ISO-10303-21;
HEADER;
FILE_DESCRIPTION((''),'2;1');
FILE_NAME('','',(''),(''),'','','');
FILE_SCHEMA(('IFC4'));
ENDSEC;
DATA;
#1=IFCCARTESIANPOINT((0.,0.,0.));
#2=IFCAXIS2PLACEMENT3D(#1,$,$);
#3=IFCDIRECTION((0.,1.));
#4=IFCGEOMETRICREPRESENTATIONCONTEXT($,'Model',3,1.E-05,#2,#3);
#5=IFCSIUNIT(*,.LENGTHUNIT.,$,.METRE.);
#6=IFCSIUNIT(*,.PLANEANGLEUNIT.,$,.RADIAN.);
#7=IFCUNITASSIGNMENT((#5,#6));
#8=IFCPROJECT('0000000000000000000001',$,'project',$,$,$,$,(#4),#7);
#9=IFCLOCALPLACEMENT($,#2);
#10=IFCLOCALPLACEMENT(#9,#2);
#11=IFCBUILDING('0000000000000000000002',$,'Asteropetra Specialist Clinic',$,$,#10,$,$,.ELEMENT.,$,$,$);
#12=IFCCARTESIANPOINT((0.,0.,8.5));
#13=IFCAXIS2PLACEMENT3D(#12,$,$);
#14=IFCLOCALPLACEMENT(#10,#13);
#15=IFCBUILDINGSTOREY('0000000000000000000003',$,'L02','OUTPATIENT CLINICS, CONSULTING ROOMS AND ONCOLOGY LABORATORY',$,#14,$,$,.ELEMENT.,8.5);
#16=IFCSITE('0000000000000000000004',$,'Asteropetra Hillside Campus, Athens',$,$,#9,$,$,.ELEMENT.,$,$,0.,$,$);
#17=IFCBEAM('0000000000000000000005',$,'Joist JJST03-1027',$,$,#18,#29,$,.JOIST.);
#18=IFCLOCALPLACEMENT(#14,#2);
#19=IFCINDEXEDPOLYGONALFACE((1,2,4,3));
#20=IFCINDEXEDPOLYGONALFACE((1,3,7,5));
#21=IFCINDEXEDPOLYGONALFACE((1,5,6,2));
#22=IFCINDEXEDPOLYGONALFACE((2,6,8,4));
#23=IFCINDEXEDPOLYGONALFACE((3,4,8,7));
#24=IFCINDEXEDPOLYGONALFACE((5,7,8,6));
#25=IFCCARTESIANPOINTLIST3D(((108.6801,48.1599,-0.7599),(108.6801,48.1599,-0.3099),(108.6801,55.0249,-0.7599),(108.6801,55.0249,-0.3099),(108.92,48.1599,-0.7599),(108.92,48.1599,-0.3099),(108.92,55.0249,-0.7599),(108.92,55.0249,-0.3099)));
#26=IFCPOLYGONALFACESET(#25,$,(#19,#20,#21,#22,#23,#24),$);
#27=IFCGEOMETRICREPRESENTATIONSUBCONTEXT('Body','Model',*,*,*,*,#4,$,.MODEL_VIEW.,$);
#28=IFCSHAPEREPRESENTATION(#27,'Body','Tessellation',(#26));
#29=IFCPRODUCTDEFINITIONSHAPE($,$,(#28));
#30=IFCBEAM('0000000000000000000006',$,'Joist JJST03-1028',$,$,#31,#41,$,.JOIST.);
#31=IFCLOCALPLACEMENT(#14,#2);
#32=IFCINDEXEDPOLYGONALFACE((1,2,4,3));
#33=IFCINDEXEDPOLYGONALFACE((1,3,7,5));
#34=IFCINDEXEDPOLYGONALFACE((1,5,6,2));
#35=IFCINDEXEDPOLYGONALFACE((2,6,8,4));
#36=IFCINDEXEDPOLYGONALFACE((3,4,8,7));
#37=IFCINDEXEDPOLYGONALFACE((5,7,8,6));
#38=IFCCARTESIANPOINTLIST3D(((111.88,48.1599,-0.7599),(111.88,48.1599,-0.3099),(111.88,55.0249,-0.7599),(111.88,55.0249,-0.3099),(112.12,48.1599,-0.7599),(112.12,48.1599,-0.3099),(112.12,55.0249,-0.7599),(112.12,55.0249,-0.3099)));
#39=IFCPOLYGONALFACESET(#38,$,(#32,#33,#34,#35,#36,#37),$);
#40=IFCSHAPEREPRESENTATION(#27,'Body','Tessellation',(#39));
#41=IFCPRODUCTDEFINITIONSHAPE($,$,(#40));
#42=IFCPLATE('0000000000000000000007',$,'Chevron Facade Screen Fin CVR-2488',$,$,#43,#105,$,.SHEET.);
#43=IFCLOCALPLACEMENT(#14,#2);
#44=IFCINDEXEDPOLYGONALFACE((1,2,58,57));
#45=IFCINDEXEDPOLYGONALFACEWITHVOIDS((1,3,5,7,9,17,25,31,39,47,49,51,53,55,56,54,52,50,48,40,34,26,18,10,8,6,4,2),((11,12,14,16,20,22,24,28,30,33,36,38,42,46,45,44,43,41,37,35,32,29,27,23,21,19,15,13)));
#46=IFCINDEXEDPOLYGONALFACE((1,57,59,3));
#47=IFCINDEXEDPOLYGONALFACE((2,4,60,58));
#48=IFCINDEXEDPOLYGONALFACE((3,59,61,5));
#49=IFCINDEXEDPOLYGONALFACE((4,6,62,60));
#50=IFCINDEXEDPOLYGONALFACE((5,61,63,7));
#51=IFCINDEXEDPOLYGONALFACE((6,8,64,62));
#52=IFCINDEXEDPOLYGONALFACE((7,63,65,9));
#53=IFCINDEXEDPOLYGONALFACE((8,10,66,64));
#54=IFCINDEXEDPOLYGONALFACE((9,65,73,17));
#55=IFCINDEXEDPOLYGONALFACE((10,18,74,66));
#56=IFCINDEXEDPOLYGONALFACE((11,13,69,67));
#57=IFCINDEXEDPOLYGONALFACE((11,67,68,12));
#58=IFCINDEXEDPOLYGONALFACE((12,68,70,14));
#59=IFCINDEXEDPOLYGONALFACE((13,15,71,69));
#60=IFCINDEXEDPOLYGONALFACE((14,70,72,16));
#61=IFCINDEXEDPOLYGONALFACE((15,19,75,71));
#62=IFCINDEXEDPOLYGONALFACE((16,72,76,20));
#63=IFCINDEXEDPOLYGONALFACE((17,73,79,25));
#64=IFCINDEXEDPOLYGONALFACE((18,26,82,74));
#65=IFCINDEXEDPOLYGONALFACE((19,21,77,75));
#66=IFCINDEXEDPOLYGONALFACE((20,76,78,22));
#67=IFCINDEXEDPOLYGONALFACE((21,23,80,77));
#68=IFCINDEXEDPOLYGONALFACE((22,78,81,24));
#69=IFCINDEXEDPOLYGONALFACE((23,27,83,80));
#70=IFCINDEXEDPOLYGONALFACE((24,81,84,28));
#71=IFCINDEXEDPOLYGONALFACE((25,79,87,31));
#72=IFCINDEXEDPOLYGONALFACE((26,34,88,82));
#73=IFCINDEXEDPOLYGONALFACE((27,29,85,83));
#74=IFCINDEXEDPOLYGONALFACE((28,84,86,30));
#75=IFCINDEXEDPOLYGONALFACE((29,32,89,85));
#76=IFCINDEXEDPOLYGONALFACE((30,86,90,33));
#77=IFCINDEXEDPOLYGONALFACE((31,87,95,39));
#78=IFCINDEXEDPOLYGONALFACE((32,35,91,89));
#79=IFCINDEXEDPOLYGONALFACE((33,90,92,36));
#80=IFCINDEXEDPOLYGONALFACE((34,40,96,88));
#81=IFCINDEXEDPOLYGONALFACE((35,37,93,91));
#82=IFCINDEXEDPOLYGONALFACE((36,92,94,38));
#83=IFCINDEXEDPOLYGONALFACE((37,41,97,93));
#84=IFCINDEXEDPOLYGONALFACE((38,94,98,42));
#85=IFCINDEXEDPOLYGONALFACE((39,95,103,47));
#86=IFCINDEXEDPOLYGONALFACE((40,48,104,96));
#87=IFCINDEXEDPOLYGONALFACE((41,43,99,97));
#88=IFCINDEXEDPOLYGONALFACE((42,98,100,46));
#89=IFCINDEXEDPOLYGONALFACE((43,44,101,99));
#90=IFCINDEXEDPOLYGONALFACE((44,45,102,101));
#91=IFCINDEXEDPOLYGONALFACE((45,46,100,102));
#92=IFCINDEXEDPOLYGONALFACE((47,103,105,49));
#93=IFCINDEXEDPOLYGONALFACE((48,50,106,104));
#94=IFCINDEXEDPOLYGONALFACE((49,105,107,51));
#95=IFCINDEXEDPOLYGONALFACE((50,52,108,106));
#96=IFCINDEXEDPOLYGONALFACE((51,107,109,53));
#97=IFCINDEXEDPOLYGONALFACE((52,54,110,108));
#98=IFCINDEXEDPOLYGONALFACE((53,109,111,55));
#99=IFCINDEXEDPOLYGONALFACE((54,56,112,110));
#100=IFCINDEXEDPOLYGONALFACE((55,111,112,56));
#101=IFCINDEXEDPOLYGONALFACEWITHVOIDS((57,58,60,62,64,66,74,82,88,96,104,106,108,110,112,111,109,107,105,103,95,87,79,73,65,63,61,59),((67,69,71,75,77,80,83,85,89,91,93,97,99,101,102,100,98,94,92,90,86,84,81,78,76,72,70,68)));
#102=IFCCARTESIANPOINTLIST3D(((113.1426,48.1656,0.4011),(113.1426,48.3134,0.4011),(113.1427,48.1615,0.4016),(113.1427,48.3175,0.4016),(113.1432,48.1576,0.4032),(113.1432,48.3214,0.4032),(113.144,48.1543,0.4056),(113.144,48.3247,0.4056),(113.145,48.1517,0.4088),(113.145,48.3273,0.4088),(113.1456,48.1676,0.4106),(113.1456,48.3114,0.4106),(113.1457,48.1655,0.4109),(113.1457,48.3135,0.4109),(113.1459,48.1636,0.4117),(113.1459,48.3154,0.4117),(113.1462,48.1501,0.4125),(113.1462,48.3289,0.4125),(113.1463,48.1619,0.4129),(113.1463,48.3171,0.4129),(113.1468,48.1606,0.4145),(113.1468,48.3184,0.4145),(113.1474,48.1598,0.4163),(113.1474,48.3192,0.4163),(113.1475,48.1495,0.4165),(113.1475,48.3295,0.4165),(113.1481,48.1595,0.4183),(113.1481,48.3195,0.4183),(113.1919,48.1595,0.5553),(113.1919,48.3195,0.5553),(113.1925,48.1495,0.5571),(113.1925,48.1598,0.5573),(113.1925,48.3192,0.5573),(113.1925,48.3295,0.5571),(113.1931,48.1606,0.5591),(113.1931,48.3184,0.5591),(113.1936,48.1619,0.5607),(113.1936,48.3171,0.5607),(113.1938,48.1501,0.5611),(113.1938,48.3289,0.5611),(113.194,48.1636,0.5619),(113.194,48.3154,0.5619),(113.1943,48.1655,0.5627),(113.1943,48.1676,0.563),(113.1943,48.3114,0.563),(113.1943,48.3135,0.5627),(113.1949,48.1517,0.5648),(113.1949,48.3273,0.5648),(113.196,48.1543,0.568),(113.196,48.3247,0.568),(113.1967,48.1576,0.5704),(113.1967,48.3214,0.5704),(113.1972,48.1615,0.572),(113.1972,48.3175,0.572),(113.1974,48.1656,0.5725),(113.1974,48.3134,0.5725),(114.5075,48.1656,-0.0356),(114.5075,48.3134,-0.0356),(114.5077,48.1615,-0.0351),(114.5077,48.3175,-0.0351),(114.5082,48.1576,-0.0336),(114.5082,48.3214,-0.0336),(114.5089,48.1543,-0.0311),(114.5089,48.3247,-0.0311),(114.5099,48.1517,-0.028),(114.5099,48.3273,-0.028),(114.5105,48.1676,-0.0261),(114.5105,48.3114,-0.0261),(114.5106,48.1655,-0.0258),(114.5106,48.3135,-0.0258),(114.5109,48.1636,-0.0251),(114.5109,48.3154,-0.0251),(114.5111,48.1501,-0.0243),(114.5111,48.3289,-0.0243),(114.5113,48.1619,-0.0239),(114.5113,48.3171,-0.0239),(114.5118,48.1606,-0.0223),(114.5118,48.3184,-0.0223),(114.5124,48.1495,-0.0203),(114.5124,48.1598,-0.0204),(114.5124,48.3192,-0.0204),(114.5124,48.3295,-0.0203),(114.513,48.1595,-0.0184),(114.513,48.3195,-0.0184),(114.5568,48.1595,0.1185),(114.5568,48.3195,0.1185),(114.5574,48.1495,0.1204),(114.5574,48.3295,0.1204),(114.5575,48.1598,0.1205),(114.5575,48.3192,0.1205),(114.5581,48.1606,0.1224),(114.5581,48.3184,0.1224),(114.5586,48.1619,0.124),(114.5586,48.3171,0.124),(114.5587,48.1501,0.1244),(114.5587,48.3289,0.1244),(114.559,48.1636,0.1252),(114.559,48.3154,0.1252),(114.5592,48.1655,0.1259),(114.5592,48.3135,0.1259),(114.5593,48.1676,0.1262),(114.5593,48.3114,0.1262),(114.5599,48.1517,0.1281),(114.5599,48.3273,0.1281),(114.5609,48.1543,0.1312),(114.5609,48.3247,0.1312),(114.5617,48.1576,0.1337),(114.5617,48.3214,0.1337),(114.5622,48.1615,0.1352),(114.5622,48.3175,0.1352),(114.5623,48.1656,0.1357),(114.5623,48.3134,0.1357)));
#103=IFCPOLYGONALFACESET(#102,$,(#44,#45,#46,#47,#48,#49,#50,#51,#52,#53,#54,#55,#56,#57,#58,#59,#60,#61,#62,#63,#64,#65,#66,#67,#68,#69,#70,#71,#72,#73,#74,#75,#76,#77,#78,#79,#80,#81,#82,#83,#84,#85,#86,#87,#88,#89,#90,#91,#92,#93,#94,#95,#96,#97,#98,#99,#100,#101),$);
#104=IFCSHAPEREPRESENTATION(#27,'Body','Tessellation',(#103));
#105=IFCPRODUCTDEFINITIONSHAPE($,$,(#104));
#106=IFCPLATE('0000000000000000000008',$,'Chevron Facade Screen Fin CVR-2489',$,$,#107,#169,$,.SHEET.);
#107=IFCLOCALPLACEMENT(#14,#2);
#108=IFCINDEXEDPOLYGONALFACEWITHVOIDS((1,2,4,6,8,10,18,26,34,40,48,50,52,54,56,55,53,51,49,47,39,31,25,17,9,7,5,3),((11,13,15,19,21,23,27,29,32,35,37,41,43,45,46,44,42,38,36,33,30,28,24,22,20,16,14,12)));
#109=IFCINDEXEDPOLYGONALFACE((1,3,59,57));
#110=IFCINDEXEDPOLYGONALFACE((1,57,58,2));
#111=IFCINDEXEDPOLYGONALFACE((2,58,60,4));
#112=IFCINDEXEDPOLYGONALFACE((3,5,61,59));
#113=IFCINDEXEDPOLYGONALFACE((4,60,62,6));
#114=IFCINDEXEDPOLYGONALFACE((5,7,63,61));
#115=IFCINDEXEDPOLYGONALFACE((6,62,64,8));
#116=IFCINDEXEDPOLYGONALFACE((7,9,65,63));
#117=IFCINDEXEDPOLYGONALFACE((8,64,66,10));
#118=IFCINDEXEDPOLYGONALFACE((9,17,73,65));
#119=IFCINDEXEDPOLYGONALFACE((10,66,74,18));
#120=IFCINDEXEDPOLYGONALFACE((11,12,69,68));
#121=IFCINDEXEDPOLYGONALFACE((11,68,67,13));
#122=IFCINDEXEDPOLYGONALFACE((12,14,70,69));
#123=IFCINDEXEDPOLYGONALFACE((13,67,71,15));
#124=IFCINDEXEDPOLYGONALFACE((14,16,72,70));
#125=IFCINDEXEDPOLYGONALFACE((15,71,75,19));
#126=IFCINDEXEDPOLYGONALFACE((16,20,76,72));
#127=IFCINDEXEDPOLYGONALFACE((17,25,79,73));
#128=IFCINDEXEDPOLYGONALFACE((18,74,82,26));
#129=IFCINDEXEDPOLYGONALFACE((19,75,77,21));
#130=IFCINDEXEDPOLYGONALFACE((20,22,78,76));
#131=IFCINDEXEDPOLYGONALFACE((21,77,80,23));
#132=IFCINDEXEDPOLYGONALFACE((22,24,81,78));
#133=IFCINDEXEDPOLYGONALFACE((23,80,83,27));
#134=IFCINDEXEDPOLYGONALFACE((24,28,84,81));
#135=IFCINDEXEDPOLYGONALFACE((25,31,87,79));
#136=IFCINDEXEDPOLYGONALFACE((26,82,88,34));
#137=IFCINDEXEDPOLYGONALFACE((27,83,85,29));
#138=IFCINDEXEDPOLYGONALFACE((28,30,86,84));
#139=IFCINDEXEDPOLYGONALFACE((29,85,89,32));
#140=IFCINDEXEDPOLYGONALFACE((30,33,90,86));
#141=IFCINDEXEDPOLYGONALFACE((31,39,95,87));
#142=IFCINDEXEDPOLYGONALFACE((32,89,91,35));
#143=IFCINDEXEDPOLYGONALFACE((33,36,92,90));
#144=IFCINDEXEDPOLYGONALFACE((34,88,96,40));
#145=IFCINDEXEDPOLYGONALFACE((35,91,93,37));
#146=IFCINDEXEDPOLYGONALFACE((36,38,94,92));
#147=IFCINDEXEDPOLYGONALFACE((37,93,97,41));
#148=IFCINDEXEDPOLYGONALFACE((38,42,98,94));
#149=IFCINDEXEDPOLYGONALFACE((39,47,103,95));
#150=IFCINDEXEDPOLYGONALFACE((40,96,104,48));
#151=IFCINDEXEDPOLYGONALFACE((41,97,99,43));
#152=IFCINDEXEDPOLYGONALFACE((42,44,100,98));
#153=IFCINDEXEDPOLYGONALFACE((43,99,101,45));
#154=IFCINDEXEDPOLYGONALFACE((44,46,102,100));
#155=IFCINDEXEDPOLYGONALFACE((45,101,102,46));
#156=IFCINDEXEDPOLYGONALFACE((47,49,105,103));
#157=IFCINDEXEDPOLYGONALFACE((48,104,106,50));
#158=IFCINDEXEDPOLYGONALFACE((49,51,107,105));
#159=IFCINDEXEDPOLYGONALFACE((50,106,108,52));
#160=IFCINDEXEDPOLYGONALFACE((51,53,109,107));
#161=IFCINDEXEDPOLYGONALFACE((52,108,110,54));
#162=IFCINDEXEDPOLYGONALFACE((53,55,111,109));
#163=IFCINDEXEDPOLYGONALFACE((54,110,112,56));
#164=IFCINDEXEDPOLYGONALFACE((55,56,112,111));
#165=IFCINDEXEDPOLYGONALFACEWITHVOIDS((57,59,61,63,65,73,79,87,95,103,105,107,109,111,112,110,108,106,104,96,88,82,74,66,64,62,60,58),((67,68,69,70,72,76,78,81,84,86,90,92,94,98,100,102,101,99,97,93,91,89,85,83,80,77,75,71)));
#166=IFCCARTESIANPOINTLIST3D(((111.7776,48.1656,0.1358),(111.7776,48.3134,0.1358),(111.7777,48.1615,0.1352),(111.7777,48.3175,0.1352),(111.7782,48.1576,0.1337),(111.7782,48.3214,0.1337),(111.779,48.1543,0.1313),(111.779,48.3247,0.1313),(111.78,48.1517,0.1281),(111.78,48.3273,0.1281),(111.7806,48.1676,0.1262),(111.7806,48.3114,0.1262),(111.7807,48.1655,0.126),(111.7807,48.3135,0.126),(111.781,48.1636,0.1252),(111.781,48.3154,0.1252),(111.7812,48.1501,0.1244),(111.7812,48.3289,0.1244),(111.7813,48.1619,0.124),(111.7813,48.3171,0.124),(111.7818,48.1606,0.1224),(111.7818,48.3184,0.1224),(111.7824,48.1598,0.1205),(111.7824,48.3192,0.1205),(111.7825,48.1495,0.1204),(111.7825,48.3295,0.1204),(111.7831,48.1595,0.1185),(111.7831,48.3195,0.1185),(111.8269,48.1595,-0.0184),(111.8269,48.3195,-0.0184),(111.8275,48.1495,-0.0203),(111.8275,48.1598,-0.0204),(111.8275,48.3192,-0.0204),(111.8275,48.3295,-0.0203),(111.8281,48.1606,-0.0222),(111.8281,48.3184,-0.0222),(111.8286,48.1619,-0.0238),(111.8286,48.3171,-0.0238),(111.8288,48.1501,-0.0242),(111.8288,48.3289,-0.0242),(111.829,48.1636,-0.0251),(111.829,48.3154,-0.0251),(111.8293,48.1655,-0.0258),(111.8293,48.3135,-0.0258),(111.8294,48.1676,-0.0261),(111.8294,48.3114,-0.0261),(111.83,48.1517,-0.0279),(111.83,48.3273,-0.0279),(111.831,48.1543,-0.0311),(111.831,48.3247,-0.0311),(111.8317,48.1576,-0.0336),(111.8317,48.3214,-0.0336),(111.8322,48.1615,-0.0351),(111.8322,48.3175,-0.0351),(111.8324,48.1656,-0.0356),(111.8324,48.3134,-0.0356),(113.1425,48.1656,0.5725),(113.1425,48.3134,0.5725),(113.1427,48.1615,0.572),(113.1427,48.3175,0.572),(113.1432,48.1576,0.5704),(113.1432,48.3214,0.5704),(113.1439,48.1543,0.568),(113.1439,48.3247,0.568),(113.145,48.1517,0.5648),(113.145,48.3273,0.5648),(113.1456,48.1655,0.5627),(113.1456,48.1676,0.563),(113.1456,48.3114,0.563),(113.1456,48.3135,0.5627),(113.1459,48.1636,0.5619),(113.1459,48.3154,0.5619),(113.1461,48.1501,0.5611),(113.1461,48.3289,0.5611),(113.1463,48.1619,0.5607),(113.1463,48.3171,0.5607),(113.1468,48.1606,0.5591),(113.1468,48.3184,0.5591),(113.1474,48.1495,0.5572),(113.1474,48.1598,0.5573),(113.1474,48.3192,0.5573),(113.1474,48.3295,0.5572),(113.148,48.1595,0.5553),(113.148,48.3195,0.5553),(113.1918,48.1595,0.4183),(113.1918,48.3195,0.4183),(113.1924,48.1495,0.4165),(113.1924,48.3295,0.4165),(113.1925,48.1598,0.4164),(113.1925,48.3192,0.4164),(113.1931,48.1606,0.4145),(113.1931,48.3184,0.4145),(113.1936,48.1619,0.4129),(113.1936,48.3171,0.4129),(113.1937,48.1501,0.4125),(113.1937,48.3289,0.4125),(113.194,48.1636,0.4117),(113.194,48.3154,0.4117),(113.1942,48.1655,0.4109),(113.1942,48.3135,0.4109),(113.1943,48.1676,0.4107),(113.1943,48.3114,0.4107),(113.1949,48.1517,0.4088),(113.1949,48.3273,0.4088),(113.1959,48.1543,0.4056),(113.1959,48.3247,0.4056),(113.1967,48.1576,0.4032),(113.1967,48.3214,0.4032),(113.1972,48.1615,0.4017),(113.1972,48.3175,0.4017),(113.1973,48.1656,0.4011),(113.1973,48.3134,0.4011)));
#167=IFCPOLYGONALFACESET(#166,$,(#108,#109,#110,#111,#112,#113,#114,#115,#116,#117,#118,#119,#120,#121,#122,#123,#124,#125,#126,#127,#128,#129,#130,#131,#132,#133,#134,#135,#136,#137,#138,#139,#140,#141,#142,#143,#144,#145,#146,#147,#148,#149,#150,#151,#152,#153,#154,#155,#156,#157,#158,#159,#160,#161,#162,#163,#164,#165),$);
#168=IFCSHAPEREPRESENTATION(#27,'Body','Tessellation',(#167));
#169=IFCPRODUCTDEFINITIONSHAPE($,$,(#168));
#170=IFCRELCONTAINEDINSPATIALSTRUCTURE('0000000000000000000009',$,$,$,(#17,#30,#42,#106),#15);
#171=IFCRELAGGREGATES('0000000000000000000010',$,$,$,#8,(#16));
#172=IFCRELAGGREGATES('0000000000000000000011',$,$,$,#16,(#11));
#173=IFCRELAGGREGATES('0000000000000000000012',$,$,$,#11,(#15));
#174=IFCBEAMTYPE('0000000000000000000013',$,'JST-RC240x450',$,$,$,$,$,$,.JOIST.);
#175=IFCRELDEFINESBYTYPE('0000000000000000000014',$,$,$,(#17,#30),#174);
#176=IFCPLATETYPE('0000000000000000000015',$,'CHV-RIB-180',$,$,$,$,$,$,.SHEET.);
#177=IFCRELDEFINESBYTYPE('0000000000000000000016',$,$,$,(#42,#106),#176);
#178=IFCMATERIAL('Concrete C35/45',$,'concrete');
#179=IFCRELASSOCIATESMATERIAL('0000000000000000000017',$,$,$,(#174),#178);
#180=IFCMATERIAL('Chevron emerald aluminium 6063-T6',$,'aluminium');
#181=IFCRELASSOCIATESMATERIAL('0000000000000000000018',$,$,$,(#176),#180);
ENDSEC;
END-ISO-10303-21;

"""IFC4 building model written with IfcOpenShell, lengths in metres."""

from ifc_helpers import new_model, si_unit, direction, frame, origin, origin_2d, place, context, subcontext, project, spatial, rectangle, hollow_rectangle, extrude, material, material_profile, profile_set, type_object, element, save


model = new_model("IFC4")

# Units and contexts
model_context = context("Model", 3, precision=1e-05, world=origin(), true_north=direction((0.0, 1.0)))
body_context = subcontext(model_context, "Body", "Model", "MODEL_VIEW")
ifc_project = project(units=[si_unit("LENGTHUNIT", "METRE"), si_unit("PLANEANGLEUNIT", "RADIAN")], contexts=[model_context])

# Site, building, storey
site_placement = place(None, origin())
site = spatial("IfcSite", under=ifc_project, at=site_placement, Name="Asteropetra Hillside Campus, Athens", CompositionType="ELEMENT", RefElevation=0.0)
building_placement = place(site_placement, origin())
building = spatial("IfcBuilding", under=site, at=building_placement, Name="Asteropetra Specialist Clinic", CompositionType="ELEMENT")
storey_placement = place(building_placement, frame((0.0, 0.0, 8.5)))
storey = spatial("IfcBuildingStorey", under=building, at=storey_placement, Name="L02", Description="OUTPATIENT CLINICS, CONSULTING ROOMS AND ONCOLOGY LABORATORY", CompositionType="ELEMENT", Elevation=8.5)

# Beams
ifc_material_1 = material(Name="Concrete C35/45", Category="concrete")
ifc_material_profile_1 = material_profile(ifc_material_1, rectangle(XDim=0.24, YDim=0.45, at=origin_2d()), Name="RCJ 240x450")
ifc_profile_set_1 = profile_set([ifc_material_profile_1], Name="Concrete C35/45")
beam_type = type_object("IfcBeamType", Name="JST-RC240x450", PredefinedType="JOIST", material=ifc_profile_set_1)
for number, where, z_axis, x_axis, name in (
    (1, (108.8, 48.1599, -0.5349), (0.0, 1.0, 0.0), (-1.0, 0.0, 0.0), "Joist JJST03-1027"),
    (2, (112.0, 48.1599, -0.5349), (0.0, 1.0, 0.0), (-1.0, 0.0, 0.0), "Joist JJST03-1028"),
):
    element("IfcBeam", number, at=place(storey_placement, frame(where, z_axis=z_axis, x_axis=x_axis)), inside=storey, type_object=beam_type, Name=name, PredefinedType="JOIST", context=body_context, shape_type="SweptSolid", body=[
        extrude(rectangle(XDim=0.24, YDim=0.45, at=origin_2d()), origin(), (0.0, 0.0, 1.0), 6.865),
    ])

# Plates
ifc_material_2 = material(Name="Chevron emerald aluminium 6063-T6", Category="aluminium")
ifc_material_profile_2 = material_profile(ifc_material_2, hollow_rectangle(XDim=0.1799, YDim=0.1799, WallThickness=0.01, InnerFilletRadius=0.0081, OuterFilletRadius=0.0161, at=origin_2d()), Name="SHS 180x180x10.0")
ifc_profile_set_2 = profile_set([ifc_material_profile_2], Name="Chevron emerald aluminium 6063-T6")
plate_type = type_object("IfcPlateType", Name="CHV-RIB-180", PredefinedType="SHEET", material=ifc_profile_set_2)
for number, where, z_axis, x_axis, name in (
    (3, (114.5349, 48.2395, 0.05), (-0.95243, 0.0, 0.304757), (0.0, -1.0, 0.0), "Chevron Facade Screen Fin CVR-2488"),
    (4, (113.1699, 48.2395, 0.4868), (-0.95243, 0.0, -0.304757), (0.0, -1.0, 0.0), "Chevron Facade Screen Fin CVR-2489"),
):
    element("IfcPlate", number, at=place(storey_placement, frame(where, z_axis=z_axis, x_axis=x_axis)), inside=storey, type_object=plate_type, Name=name, PredefinedType="SHEET", context=body_context, shape_type="SweptSolid", body=[
        extrude(hollow_rectangle(XDim=0.1799, YDim=0.1799, WallThickness=0.01, InnerFilletRadius=0.0081, OuterFilletRadius=0.0161, at=origin_2d()), origin(), (0.0, 0.0, 1.0), 1.4331),
    ])

save(model, "model.ifc")
